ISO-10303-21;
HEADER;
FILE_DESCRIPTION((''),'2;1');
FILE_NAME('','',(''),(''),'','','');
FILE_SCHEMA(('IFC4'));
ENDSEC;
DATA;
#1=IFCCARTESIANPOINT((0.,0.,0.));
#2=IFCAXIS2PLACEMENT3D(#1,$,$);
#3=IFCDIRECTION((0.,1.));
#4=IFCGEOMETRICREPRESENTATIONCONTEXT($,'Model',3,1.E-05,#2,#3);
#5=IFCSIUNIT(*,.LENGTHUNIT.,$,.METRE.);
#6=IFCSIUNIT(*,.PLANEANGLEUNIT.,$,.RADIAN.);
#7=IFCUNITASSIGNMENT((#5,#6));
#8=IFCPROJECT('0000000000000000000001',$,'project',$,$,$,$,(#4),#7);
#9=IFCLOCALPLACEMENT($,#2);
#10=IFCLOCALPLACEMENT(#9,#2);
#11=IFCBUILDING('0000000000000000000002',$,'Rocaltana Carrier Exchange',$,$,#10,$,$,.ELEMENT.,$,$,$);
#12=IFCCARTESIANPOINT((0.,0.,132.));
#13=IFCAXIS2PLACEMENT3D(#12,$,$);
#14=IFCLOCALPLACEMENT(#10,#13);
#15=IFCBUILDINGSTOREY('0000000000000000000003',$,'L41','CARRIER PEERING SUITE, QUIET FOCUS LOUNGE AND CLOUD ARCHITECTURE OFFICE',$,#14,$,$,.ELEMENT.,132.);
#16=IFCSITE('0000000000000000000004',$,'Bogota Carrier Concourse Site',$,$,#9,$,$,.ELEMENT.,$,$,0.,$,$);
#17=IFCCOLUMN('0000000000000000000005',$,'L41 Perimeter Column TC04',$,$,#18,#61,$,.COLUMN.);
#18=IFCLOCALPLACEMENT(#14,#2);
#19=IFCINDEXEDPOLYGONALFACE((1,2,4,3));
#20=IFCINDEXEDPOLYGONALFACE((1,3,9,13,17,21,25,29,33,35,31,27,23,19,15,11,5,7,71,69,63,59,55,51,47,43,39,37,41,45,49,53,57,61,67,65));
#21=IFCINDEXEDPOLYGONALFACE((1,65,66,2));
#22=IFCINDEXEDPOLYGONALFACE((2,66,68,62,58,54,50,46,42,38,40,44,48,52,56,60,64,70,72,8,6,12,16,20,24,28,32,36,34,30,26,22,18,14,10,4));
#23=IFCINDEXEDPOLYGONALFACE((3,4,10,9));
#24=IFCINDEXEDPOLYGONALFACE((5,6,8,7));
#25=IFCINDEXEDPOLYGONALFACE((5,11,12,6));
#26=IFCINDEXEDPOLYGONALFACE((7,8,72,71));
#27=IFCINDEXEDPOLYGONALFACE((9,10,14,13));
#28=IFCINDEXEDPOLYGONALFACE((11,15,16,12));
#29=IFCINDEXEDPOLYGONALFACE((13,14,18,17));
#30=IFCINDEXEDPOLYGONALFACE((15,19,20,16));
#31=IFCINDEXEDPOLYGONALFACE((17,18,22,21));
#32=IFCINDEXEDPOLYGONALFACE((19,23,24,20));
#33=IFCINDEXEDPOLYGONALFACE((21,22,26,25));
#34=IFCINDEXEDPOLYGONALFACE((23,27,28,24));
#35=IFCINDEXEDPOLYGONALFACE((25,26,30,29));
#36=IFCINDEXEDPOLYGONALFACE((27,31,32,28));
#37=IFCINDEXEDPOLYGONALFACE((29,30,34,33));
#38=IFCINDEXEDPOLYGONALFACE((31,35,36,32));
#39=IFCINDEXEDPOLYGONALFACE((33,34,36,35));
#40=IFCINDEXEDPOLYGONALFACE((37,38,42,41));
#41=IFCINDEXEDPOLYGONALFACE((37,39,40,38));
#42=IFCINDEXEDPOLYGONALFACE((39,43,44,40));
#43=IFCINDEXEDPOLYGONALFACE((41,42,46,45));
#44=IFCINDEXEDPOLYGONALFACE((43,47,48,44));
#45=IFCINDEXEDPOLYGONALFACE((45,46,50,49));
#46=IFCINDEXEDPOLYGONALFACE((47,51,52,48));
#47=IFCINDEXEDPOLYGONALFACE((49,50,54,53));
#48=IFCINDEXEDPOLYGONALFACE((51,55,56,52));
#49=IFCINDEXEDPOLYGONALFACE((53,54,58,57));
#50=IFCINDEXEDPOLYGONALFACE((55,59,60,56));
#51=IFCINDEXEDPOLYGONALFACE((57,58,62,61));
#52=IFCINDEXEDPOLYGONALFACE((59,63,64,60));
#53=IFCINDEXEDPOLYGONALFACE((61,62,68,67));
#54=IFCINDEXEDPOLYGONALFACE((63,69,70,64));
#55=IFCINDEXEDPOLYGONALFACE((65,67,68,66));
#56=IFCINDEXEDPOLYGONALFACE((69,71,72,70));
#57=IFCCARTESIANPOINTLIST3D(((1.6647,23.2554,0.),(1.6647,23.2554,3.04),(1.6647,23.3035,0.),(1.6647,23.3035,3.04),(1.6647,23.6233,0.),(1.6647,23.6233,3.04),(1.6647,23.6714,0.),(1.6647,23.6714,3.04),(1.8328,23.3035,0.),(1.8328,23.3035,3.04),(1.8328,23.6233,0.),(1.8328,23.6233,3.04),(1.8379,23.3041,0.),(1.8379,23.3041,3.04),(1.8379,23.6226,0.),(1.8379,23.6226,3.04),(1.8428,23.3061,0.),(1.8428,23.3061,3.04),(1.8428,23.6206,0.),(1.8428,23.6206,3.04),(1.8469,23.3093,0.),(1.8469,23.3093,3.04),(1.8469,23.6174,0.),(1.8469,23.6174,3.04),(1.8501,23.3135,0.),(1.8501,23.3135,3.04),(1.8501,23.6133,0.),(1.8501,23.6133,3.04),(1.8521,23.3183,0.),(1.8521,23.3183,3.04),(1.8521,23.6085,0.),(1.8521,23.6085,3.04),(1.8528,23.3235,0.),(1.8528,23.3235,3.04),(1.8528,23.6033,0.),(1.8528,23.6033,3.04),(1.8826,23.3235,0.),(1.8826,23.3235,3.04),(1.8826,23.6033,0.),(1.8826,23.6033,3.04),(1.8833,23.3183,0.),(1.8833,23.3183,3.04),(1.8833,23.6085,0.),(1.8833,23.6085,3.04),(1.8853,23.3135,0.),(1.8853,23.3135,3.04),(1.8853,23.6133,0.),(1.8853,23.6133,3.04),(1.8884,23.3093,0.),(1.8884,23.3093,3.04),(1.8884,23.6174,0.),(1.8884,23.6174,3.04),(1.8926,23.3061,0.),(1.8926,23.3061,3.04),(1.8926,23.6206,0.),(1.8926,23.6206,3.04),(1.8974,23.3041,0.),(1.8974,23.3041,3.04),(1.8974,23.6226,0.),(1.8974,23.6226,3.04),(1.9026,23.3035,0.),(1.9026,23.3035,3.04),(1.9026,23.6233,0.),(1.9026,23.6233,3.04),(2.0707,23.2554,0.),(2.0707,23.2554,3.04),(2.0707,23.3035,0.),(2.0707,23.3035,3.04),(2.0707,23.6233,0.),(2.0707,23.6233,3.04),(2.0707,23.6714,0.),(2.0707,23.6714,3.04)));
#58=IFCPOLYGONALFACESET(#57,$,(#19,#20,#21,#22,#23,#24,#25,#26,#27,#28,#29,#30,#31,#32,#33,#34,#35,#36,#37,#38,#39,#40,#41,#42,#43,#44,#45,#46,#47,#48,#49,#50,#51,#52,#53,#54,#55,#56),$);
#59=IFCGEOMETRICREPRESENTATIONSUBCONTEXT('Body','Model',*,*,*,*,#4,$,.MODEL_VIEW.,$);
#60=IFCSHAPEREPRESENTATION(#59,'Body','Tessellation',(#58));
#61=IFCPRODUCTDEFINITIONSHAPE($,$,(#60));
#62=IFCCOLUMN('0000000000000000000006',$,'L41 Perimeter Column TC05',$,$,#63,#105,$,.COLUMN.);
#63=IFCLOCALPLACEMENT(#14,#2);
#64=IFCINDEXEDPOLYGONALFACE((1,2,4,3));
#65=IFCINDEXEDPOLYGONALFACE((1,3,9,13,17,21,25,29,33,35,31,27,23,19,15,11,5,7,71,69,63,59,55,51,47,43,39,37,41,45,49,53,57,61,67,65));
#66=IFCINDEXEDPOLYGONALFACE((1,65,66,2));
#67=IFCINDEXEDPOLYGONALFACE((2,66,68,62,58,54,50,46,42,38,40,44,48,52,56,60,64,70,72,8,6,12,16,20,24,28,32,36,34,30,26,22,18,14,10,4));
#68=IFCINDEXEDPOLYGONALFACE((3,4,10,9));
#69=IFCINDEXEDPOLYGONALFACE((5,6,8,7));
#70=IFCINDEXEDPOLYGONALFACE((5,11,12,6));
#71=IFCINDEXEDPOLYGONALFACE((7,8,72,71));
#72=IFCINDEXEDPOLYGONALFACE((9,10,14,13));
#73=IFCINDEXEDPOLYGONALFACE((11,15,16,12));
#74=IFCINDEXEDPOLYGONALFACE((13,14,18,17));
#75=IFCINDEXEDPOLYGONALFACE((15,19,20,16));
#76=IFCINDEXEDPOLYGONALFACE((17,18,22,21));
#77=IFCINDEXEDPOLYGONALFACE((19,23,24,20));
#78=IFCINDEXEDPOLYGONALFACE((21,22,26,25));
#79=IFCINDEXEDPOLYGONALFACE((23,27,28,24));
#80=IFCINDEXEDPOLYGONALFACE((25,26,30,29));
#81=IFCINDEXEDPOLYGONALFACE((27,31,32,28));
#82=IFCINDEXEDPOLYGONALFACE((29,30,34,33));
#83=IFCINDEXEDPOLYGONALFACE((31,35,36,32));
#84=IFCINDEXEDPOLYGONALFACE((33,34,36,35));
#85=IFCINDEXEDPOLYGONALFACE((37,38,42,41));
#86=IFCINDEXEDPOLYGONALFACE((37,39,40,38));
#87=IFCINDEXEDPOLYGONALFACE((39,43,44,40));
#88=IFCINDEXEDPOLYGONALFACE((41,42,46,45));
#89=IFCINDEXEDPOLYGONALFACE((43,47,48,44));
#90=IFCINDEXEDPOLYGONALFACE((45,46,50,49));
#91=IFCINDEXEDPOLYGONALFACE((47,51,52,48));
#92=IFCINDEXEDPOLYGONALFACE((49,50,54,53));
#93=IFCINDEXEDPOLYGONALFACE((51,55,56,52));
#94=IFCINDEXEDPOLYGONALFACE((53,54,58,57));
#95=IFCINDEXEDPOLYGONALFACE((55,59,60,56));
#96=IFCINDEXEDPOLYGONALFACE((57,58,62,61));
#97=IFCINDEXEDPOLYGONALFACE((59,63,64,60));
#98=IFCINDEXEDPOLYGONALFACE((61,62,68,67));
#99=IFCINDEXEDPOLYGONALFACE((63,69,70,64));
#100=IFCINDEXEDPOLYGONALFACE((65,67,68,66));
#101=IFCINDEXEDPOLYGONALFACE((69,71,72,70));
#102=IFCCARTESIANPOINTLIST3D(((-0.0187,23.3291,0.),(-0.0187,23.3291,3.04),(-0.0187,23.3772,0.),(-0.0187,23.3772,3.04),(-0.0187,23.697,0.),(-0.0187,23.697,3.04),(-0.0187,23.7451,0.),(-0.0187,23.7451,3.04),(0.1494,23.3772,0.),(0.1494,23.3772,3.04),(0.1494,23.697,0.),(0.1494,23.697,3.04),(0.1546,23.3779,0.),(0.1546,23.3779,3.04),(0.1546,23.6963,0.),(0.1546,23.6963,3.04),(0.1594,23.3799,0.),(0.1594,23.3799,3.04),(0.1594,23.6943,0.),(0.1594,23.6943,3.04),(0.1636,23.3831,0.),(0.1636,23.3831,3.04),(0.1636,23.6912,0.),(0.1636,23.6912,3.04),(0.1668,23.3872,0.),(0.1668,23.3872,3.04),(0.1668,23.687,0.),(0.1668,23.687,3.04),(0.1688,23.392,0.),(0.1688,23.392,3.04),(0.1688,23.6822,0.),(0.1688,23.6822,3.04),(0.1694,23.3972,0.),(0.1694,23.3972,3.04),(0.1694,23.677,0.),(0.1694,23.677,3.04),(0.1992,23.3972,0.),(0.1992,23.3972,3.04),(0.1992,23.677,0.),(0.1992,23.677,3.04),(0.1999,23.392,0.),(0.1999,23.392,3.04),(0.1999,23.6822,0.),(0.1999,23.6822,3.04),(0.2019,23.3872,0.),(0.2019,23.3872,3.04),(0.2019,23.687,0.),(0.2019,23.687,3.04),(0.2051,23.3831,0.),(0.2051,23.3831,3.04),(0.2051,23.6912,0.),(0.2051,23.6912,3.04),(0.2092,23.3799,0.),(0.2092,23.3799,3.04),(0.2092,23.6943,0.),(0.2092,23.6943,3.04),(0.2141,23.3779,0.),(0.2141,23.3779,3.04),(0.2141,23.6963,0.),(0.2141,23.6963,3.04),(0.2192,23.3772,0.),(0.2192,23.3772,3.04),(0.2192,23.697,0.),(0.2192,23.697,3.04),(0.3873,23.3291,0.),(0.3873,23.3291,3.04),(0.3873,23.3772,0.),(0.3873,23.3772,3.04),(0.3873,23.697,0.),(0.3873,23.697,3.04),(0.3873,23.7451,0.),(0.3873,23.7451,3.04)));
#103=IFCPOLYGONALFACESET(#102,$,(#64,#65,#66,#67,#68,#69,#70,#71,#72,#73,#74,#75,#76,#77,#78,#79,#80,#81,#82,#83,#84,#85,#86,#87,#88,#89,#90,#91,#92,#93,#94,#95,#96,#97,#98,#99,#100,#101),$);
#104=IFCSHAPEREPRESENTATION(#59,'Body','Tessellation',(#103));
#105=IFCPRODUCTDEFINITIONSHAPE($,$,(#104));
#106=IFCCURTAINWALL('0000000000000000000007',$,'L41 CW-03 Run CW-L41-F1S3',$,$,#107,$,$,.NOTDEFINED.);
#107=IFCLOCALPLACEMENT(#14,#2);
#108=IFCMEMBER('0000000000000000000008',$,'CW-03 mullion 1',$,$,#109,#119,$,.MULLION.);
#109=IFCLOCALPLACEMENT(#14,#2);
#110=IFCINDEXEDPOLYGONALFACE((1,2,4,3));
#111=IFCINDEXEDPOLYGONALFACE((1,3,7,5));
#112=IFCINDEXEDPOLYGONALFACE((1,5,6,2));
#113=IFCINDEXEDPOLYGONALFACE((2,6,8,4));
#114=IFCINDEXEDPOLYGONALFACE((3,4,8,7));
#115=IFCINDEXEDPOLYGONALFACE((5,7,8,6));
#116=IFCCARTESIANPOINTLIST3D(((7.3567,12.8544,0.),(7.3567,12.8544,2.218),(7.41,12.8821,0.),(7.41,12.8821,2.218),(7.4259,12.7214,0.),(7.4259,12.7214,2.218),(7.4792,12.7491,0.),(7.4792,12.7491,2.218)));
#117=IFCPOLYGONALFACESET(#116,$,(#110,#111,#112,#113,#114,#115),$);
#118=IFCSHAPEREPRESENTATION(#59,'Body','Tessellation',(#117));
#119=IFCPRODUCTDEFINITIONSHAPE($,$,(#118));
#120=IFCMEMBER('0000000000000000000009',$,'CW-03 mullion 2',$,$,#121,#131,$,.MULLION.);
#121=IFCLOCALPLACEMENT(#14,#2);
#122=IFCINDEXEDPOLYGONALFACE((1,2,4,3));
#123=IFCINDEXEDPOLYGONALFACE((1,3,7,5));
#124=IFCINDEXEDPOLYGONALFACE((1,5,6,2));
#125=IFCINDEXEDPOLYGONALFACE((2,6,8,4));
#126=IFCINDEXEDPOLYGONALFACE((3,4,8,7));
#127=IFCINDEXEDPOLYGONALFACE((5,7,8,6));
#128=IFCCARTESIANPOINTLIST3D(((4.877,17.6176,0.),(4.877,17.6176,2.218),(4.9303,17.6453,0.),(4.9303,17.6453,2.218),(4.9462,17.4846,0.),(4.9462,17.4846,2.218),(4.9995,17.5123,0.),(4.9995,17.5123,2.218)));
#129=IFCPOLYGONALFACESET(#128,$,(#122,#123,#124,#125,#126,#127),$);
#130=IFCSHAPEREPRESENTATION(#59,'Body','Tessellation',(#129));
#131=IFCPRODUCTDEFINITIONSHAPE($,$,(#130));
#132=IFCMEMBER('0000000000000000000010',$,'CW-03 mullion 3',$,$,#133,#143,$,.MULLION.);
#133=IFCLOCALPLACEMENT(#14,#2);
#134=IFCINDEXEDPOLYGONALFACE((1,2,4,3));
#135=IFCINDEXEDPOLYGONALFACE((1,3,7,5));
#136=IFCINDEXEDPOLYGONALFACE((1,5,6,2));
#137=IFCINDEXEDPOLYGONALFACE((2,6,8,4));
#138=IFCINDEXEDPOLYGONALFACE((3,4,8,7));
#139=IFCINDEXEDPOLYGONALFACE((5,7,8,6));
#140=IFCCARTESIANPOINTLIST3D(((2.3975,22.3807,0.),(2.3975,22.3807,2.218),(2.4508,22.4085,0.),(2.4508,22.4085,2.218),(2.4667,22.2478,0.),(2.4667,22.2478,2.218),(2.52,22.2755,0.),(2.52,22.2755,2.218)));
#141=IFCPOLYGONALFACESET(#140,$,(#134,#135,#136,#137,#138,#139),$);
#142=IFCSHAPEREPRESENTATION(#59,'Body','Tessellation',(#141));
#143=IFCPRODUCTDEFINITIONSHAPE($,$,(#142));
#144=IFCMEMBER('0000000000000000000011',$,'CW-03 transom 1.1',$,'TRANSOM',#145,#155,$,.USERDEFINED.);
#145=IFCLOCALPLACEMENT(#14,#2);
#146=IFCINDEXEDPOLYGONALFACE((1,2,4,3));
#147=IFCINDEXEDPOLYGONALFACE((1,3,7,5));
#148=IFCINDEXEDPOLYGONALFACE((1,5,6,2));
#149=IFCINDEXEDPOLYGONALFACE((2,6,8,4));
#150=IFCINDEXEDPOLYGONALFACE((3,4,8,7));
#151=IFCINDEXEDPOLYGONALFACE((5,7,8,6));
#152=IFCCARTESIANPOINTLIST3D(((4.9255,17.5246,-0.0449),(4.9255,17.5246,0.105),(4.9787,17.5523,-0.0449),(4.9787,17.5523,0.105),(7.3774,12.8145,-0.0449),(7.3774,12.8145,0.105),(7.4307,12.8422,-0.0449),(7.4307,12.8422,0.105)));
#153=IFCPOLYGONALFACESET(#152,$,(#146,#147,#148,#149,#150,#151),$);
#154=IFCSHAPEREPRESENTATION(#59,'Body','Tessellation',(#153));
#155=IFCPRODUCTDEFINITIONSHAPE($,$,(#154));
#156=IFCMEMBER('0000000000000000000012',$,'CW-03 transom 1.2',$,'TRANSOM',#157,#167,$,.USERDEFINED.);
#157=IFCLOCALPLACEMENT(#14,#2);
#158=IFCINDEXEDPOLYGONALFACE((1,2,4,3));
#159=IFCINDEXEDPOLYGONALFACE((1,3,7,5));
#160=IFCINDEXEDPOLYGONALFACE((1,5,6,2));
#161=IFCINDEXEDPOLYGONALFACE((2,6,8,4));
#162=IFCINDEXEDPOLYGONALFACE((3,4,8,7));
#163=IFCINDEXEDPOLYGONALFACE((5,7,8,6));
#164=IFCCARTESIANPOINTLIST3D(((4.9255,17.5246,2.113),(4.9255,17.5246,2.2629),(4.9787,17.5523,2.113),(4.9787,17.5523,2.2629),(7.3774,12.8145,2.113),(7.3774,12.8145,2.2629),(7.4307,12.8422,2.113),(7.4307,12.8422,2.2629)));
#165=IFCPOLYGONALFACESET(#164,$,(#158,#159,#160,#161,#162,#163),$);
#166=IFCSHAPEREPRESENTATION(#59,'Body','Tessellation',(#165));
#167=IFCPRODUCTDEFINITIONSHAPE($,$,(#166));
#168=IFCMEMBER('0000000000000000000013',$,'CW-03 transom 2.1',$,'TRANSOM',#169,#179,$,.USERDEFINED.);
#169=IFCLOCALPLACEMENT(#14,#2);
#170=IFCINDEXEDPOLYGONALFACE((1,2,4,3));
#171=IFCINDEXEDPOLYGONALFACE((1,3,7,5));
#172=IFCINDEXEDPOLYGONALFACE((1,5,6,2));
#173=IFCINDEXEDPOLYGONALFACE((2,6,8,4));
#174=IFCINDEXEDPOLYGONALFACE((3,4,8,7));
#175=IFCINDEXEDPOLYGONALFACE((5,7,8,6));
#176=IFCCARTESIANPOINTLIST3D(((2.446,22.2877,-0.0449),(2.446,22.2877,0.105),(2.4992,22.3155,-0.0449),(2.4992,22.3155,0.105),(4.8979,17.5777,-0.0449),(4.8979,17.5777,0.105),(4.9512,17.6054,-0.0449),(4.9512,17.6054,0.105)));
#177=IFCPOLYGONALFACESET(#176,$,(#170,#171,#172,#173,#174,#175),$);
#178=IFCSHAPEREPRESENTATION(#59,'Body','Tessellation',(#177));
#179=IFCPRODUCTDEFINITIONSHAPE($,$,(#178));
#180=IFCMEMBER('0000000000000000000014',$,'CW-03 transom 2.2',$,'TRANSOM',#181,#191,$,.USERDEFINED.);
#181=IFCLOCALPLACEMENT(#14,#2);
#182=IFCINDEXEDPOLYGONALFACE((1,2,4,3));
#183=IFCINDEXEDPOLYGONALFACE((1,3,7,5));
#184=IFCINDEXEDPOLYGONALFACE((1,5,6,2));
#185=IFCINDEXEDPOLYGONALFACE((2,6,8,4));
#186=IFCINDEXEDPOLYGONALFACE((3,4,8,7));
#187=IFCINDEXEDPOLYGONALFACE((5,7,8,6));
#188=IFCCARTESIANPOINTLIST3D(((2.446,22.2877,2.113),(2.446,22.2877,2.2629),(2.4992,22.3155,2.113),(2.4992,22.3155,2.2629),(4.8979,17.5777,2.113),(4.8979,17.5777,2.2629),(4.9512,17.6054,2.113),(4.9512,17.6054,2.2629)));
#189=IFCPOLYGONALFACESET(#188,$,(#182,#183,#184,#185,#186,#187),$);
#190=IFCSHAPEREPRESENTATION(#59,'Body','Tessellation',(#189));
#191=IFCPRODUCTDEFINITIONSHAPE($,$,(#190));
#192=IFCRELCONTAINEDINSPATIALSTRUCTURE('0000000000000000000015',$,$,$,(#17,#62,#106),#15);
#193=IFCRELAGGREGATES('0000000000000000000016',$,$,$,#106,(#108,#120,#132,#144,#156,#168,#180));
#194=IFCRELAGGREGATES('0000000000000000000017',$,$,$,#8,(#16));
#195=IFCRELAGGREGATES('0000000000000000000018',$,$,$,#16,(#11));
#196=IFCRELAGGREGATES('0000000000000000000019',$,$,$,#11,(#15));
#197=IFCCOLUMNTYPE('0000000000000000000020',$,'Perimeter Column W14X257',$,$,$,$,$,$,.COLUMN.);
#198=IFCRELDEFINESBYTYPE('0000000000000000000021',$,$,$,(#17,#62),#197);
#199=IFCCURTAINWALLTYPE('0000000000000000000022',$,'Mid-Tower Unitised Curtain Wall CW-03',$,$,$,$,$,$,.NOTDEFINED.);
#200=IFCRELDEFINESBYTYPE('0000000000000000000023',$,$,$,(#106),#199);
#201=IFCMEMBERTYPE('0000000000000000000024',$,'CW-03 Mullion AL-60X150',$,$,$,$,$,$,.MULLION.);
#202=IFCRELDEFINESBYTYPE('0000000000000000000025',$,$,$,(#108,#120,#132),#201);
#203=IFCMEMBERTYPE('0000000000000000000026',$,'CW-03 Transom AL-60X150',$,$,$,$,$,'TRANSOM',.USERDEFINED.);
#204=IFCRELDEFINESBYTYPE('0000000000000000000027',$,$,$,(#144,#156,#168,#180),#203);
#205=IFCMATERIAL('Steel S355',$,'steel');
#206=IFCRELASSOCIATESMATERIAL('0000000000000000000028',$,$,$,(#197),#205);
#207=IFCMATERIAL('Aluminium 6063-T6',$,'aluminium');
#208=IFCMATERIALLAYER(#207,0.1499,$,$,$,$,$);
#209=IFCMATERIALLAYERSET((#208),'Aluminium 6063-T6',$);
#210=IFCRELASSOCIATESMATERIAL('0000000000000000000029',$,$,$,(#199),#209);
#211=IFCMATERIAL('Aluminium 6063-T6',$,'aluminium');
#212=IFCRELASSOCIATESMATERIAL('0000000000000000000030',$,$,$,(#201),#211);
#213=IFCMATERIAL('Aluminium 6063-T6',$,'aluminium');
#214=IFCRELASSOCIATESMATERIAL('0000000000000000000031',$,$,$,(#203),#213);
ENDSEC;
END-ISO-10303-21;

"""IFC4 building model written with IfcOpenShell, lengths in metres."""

from ifc_helpers import new_model, si_unit, direction, frame, origin, origin_2d, place, context, subcontext, project, spatial, rectangle, i_section, extrude, material, layer, layer_set, material_profile, profile_set, type_object, element, aggregate, save


model = new_model("IFC4")

# Units and contexts
model_context = context("Model", 3, precision=1e-05, world=origin(), true_north=direction((0.0, 1.0)))
body_context = subcontext(model_context, "Body", "Model", "MODEL_VIEW")
ifc_project = project(units=[si_unit("LENGTHUNIT", "METRE"), si_unit("PLANEANGLEUNIT", "RADIAN")], contexts=[model_context])

# Site, building, storey
site_placement = place(None, origin())
site = spatial("IfcSite", under=ifc_project, at=site_placement, Name="Bogota Carrier Concourse Site", CompositionType="ELEMENT", RefElevation=0.0)
building_placement = place(site_placement, origin())
building = spatial("IfcBuilding", under=site, at=building_placement, Name="Rocaltana Carrier Exchange", CompositionType="ELEMENT")
storey_placement = place(building_placement, frame((0.0, 0.0, 132.0)))
storey = spatial("IfcBuildingStorey", under=building, at=storey_placement, Name="L41", Description="CARRIER PEERING SUITE, QUIET FOCUS LOUNGE AND CLOUD ARCHITECTURE OFFICE", CompositionType="ELEMENT", Elevation=132.0)

# Columns
ifc_material_1 = material(Name="Steel S355", Category="steel")
ifc_material_profile_1 = material_profile(ifc_material_1, i_section(OverallWidth=0.406, OverallDepth=0.416, WebThickness=0.0298, FlangeThickness=0.0481, FilletRadius=0.02, at=origin_2d()), Name="W14X257")
ifc_profile_set_1 = profile_set([ifc_material_profile_1], Name="Steel S355")
column_type = type_object("IfcColumnType", Name="Perimeter Column W14X257", PredefinedType="COLUMN", material=ifc_profile_set_1)
for number, where, z_axis, x_axis, name in (
    (1, (1.8677, 23.4634, 0.0), (0.0, 0.0, 1.0), (1.0, 0.0, 0.0), "L41 Perimeter Column TC04"),
    (2, (0.1843, 23.5371, 0.0), (0.0, 0.0, 1.0), (1.0, 0.0, 0.0), "L41 Perimeter Column TC05"),
):
    element("IfcColumn", number, at=place(storey_placement, frame(where, z_axis=z_axis, x_axis=x_axis)), inside=storey, type_object=column_type, Name=name, PredefinedType="COLUMN", context=body_context, shape_type="SweptSolid", body=[
        extrude(i_section(OverallWidth=0.406, OverallDepth=0.416, WebThickness=0.0298, FlangeThickness=0.0481, FilletRadius=0.02, at=origin_2d()), origin(), (0.0, 0.0, 1.0), 3.04),
    ])

# Curtain wall, members
ifc_material_2 = material(Name="Aluminium 6063-T6", Category="aluminium")
ifc_layer_1 = layer(ifc_material_2, 0.1499)
ifc_layer_set_1 = layer_set([ifc_layer_1], Name="Aluminium 6063-T6")
curtain_wall_type = type_object("IfcCurtainWallType", Name="Mid-Tower Unitised Curtain Wall CW-03", PredefinedType="NOTDEFINED", material=ifc_layer_set_1)
curtain_wall_placement = place(storey_placement, origin())
curtain_wall = element("IfcCurtainWall", 3, at=curtain_wall_placement, inside=storey, type_object=curtain_wall_type, Name="L41 CW-03 Run CW-L41-F1S3", PredefinedType="NOTDEFINED")
ifc_material_3 = material(Name="Aluminium 6063-T6", Category="aluminium")
ifc_material_profile_2 = material_profile(ifc_material_3, rectangle(XDim=0.0601, YDim=0.1499, at=origin_2d()), Name="AL-60X150")
ifc_profile_set_2 = profile_set([ifc_material_profile_2], Name="Aluminium 6063-T6")
member_type_1 = type_object("IfcMemberType", Name="CW-03 Mullion AL-60X150", PredefinedType="MULLION", material=ifc_profile_set_2)
member_1_placement = place(storey_placement, frame((7.418, 12.8018, 0.0), z_axis=(0.0, 0.0, 1.0), x_axis=(-0.887008, -0.461754, 0.0)))
member_1 = element("IfcMember", 4, at=member_1_placement, type_object=member_type_1, Name="CW-03 mullion 1", PredefinedType="MULLION", context=body_context, shape_type="SweptSolid", body=[
    extrude(rectangle(XDim=0.0601, YDim=0.1499, at=origin_2d()), origin(), (0.0, 0.0, 1.0), 2.218),
])
member_2_placement = place(storey_placement, frame((4.9382, 17.5649, 0.0), z_axis=(0.0, 0.0, 1.0), x_axis=(-0.887008, -0.461754, 0.0)))
member_2 = element("IfcMember", 5, at=member_2_placement, type_object=member_type_1, Name="CW-03 mullion 2", PredefinedType="MULLION", context=body_context, shape_type="SweptSolid", body=[
    extrude(rectangle(XDim=0.0601, YDim=0.1499, at=origin_2d()), origin(), (0.0, 0.0, 1.0), 2.218),
])
member_3_placement = place(storey_placement, frame((2.4587, 22.3281, 0.0), z_axis=(0.0, 0.0, 1.0), x_axis=(-0.887008, -0.461754, 0.0)))
member_3 = element("IfcMember", 6, at=member_3_placement, type_object=member_type_1, Name="CW-03 mullion 3", PredefinedType="MULLION", context=body_context, shape_type="SweptSolid", body=[
    extrude(rectangle(XDim=0.0601, YDim=0.1499, at=origin_2d()), origin(), (0.0, 0.0, 1.0), 2.218),
])
ifc_material_4 = material(Name="Aluminium 6063-T6", Category="aluminium")
ifc_material_profile_3 = material_profile(ifc_material_4, rectangle(XDim=0.0601, YDim=0.1499, at=origin_2d()), Name="AL-60X150")
ifc_profile_set_3 = profile_set([ifc_material_profile_3], Name="Aluminium 6063-T6")
member_type_2 = type_object("IfcMemberType", Name="CW-03 Transom AL-60X150", ElementType="TRANSOM", PredefinedType="USERDEFINED", material=ifc_profile_set_3)
member_4_placement = place(storey_placement, frame((7.4041, 12.8284, 0.03), z_axis=(-0.461757, 0.887007, 0.0), x_axis=(-0.887007, -0.461757, 0.0)))
member_4 = element("IfcMember", 7, at=member_4_placement, type_object=member_type_2, Name="CW-03 transom 1.1", ObjectType="TRANSOM", PredefinedType="USERDEFINED", context=body_context, shape_type="SweptSolid", body=[
    extrude(rectangle(XDim=0.0601, YDim=0.1499, at=origin_2d()), origin(), (0.0, 0.0, 1.0), 5.3101),
])
member_5_placement = place(storey_placement, frame((7.4041, 12.8284, 2.188), z_axis=(-0.461757, 0.887007, 0.0), x_axis=(-0.887007, -0.461757, 0.0)))
member_5 = element("IfcMember", 8, at=member_5_placement, type_object=member_type_2, Name="CW-03 transom 1.2", ObjectType="TRANSOM", PredefinedType="USERDEFINED", context=body_context, shape_type="SweptSolid", body=[
    extrude(rectangle(XDim=0.0601, YDim=0.1499, at=origin_2d()), origin(), (0.0, 0.0, 1.0), 5.3101),
])
member_6_placement = place(storey_placement, frame((4.9246, 17.5916, 0.03), z_axis=(-0.461757, 0.887007, 0.0), x_axis=(-0.887007, -0.461757, 0.0)))
member_6 = element("IfcMember", 9, at=member_6_placement, type_object=member_type_2, Name="CW-03 transom 2.1", ObjectType="TRANSOM", PredefinedType="USERDEFINED", context=body_context, shape_type="SweptSolid", body=[
    extrude(rectangle(XDim=0.0601, YDim=0.1499, at=origin_2d()), origin(), (0.0, 0.0, 1.0), 5.3101),
])
member_7_placement = place(storey_placement, frame((4.9246, 17.5916, 2.188), z_axis=(-0.461757, 0.887007, 0.0), x_axis=(-0.887007, -0.461757, 0.0)))
member_7 = element("IfcMember", 10, at=member_7_placement, type_object=member_type_2, Name="CW-03 transom 2.2", ObjectType="TRANSOM", PredefinedType="USERDEFINED", context=body_context, shape_type="SweptSolid", body=[
    extrude(rectangle(XDim=0.0601, YDim=0.1499, at=origin_2d()), origin(), (0.0, 0.0, 1.0), 5.3101),
])

aggregate(curtain_wall, [member_1, member_2, member_3, member_4, member_5, member_6, member_7])

save(model, "model.ifc")
